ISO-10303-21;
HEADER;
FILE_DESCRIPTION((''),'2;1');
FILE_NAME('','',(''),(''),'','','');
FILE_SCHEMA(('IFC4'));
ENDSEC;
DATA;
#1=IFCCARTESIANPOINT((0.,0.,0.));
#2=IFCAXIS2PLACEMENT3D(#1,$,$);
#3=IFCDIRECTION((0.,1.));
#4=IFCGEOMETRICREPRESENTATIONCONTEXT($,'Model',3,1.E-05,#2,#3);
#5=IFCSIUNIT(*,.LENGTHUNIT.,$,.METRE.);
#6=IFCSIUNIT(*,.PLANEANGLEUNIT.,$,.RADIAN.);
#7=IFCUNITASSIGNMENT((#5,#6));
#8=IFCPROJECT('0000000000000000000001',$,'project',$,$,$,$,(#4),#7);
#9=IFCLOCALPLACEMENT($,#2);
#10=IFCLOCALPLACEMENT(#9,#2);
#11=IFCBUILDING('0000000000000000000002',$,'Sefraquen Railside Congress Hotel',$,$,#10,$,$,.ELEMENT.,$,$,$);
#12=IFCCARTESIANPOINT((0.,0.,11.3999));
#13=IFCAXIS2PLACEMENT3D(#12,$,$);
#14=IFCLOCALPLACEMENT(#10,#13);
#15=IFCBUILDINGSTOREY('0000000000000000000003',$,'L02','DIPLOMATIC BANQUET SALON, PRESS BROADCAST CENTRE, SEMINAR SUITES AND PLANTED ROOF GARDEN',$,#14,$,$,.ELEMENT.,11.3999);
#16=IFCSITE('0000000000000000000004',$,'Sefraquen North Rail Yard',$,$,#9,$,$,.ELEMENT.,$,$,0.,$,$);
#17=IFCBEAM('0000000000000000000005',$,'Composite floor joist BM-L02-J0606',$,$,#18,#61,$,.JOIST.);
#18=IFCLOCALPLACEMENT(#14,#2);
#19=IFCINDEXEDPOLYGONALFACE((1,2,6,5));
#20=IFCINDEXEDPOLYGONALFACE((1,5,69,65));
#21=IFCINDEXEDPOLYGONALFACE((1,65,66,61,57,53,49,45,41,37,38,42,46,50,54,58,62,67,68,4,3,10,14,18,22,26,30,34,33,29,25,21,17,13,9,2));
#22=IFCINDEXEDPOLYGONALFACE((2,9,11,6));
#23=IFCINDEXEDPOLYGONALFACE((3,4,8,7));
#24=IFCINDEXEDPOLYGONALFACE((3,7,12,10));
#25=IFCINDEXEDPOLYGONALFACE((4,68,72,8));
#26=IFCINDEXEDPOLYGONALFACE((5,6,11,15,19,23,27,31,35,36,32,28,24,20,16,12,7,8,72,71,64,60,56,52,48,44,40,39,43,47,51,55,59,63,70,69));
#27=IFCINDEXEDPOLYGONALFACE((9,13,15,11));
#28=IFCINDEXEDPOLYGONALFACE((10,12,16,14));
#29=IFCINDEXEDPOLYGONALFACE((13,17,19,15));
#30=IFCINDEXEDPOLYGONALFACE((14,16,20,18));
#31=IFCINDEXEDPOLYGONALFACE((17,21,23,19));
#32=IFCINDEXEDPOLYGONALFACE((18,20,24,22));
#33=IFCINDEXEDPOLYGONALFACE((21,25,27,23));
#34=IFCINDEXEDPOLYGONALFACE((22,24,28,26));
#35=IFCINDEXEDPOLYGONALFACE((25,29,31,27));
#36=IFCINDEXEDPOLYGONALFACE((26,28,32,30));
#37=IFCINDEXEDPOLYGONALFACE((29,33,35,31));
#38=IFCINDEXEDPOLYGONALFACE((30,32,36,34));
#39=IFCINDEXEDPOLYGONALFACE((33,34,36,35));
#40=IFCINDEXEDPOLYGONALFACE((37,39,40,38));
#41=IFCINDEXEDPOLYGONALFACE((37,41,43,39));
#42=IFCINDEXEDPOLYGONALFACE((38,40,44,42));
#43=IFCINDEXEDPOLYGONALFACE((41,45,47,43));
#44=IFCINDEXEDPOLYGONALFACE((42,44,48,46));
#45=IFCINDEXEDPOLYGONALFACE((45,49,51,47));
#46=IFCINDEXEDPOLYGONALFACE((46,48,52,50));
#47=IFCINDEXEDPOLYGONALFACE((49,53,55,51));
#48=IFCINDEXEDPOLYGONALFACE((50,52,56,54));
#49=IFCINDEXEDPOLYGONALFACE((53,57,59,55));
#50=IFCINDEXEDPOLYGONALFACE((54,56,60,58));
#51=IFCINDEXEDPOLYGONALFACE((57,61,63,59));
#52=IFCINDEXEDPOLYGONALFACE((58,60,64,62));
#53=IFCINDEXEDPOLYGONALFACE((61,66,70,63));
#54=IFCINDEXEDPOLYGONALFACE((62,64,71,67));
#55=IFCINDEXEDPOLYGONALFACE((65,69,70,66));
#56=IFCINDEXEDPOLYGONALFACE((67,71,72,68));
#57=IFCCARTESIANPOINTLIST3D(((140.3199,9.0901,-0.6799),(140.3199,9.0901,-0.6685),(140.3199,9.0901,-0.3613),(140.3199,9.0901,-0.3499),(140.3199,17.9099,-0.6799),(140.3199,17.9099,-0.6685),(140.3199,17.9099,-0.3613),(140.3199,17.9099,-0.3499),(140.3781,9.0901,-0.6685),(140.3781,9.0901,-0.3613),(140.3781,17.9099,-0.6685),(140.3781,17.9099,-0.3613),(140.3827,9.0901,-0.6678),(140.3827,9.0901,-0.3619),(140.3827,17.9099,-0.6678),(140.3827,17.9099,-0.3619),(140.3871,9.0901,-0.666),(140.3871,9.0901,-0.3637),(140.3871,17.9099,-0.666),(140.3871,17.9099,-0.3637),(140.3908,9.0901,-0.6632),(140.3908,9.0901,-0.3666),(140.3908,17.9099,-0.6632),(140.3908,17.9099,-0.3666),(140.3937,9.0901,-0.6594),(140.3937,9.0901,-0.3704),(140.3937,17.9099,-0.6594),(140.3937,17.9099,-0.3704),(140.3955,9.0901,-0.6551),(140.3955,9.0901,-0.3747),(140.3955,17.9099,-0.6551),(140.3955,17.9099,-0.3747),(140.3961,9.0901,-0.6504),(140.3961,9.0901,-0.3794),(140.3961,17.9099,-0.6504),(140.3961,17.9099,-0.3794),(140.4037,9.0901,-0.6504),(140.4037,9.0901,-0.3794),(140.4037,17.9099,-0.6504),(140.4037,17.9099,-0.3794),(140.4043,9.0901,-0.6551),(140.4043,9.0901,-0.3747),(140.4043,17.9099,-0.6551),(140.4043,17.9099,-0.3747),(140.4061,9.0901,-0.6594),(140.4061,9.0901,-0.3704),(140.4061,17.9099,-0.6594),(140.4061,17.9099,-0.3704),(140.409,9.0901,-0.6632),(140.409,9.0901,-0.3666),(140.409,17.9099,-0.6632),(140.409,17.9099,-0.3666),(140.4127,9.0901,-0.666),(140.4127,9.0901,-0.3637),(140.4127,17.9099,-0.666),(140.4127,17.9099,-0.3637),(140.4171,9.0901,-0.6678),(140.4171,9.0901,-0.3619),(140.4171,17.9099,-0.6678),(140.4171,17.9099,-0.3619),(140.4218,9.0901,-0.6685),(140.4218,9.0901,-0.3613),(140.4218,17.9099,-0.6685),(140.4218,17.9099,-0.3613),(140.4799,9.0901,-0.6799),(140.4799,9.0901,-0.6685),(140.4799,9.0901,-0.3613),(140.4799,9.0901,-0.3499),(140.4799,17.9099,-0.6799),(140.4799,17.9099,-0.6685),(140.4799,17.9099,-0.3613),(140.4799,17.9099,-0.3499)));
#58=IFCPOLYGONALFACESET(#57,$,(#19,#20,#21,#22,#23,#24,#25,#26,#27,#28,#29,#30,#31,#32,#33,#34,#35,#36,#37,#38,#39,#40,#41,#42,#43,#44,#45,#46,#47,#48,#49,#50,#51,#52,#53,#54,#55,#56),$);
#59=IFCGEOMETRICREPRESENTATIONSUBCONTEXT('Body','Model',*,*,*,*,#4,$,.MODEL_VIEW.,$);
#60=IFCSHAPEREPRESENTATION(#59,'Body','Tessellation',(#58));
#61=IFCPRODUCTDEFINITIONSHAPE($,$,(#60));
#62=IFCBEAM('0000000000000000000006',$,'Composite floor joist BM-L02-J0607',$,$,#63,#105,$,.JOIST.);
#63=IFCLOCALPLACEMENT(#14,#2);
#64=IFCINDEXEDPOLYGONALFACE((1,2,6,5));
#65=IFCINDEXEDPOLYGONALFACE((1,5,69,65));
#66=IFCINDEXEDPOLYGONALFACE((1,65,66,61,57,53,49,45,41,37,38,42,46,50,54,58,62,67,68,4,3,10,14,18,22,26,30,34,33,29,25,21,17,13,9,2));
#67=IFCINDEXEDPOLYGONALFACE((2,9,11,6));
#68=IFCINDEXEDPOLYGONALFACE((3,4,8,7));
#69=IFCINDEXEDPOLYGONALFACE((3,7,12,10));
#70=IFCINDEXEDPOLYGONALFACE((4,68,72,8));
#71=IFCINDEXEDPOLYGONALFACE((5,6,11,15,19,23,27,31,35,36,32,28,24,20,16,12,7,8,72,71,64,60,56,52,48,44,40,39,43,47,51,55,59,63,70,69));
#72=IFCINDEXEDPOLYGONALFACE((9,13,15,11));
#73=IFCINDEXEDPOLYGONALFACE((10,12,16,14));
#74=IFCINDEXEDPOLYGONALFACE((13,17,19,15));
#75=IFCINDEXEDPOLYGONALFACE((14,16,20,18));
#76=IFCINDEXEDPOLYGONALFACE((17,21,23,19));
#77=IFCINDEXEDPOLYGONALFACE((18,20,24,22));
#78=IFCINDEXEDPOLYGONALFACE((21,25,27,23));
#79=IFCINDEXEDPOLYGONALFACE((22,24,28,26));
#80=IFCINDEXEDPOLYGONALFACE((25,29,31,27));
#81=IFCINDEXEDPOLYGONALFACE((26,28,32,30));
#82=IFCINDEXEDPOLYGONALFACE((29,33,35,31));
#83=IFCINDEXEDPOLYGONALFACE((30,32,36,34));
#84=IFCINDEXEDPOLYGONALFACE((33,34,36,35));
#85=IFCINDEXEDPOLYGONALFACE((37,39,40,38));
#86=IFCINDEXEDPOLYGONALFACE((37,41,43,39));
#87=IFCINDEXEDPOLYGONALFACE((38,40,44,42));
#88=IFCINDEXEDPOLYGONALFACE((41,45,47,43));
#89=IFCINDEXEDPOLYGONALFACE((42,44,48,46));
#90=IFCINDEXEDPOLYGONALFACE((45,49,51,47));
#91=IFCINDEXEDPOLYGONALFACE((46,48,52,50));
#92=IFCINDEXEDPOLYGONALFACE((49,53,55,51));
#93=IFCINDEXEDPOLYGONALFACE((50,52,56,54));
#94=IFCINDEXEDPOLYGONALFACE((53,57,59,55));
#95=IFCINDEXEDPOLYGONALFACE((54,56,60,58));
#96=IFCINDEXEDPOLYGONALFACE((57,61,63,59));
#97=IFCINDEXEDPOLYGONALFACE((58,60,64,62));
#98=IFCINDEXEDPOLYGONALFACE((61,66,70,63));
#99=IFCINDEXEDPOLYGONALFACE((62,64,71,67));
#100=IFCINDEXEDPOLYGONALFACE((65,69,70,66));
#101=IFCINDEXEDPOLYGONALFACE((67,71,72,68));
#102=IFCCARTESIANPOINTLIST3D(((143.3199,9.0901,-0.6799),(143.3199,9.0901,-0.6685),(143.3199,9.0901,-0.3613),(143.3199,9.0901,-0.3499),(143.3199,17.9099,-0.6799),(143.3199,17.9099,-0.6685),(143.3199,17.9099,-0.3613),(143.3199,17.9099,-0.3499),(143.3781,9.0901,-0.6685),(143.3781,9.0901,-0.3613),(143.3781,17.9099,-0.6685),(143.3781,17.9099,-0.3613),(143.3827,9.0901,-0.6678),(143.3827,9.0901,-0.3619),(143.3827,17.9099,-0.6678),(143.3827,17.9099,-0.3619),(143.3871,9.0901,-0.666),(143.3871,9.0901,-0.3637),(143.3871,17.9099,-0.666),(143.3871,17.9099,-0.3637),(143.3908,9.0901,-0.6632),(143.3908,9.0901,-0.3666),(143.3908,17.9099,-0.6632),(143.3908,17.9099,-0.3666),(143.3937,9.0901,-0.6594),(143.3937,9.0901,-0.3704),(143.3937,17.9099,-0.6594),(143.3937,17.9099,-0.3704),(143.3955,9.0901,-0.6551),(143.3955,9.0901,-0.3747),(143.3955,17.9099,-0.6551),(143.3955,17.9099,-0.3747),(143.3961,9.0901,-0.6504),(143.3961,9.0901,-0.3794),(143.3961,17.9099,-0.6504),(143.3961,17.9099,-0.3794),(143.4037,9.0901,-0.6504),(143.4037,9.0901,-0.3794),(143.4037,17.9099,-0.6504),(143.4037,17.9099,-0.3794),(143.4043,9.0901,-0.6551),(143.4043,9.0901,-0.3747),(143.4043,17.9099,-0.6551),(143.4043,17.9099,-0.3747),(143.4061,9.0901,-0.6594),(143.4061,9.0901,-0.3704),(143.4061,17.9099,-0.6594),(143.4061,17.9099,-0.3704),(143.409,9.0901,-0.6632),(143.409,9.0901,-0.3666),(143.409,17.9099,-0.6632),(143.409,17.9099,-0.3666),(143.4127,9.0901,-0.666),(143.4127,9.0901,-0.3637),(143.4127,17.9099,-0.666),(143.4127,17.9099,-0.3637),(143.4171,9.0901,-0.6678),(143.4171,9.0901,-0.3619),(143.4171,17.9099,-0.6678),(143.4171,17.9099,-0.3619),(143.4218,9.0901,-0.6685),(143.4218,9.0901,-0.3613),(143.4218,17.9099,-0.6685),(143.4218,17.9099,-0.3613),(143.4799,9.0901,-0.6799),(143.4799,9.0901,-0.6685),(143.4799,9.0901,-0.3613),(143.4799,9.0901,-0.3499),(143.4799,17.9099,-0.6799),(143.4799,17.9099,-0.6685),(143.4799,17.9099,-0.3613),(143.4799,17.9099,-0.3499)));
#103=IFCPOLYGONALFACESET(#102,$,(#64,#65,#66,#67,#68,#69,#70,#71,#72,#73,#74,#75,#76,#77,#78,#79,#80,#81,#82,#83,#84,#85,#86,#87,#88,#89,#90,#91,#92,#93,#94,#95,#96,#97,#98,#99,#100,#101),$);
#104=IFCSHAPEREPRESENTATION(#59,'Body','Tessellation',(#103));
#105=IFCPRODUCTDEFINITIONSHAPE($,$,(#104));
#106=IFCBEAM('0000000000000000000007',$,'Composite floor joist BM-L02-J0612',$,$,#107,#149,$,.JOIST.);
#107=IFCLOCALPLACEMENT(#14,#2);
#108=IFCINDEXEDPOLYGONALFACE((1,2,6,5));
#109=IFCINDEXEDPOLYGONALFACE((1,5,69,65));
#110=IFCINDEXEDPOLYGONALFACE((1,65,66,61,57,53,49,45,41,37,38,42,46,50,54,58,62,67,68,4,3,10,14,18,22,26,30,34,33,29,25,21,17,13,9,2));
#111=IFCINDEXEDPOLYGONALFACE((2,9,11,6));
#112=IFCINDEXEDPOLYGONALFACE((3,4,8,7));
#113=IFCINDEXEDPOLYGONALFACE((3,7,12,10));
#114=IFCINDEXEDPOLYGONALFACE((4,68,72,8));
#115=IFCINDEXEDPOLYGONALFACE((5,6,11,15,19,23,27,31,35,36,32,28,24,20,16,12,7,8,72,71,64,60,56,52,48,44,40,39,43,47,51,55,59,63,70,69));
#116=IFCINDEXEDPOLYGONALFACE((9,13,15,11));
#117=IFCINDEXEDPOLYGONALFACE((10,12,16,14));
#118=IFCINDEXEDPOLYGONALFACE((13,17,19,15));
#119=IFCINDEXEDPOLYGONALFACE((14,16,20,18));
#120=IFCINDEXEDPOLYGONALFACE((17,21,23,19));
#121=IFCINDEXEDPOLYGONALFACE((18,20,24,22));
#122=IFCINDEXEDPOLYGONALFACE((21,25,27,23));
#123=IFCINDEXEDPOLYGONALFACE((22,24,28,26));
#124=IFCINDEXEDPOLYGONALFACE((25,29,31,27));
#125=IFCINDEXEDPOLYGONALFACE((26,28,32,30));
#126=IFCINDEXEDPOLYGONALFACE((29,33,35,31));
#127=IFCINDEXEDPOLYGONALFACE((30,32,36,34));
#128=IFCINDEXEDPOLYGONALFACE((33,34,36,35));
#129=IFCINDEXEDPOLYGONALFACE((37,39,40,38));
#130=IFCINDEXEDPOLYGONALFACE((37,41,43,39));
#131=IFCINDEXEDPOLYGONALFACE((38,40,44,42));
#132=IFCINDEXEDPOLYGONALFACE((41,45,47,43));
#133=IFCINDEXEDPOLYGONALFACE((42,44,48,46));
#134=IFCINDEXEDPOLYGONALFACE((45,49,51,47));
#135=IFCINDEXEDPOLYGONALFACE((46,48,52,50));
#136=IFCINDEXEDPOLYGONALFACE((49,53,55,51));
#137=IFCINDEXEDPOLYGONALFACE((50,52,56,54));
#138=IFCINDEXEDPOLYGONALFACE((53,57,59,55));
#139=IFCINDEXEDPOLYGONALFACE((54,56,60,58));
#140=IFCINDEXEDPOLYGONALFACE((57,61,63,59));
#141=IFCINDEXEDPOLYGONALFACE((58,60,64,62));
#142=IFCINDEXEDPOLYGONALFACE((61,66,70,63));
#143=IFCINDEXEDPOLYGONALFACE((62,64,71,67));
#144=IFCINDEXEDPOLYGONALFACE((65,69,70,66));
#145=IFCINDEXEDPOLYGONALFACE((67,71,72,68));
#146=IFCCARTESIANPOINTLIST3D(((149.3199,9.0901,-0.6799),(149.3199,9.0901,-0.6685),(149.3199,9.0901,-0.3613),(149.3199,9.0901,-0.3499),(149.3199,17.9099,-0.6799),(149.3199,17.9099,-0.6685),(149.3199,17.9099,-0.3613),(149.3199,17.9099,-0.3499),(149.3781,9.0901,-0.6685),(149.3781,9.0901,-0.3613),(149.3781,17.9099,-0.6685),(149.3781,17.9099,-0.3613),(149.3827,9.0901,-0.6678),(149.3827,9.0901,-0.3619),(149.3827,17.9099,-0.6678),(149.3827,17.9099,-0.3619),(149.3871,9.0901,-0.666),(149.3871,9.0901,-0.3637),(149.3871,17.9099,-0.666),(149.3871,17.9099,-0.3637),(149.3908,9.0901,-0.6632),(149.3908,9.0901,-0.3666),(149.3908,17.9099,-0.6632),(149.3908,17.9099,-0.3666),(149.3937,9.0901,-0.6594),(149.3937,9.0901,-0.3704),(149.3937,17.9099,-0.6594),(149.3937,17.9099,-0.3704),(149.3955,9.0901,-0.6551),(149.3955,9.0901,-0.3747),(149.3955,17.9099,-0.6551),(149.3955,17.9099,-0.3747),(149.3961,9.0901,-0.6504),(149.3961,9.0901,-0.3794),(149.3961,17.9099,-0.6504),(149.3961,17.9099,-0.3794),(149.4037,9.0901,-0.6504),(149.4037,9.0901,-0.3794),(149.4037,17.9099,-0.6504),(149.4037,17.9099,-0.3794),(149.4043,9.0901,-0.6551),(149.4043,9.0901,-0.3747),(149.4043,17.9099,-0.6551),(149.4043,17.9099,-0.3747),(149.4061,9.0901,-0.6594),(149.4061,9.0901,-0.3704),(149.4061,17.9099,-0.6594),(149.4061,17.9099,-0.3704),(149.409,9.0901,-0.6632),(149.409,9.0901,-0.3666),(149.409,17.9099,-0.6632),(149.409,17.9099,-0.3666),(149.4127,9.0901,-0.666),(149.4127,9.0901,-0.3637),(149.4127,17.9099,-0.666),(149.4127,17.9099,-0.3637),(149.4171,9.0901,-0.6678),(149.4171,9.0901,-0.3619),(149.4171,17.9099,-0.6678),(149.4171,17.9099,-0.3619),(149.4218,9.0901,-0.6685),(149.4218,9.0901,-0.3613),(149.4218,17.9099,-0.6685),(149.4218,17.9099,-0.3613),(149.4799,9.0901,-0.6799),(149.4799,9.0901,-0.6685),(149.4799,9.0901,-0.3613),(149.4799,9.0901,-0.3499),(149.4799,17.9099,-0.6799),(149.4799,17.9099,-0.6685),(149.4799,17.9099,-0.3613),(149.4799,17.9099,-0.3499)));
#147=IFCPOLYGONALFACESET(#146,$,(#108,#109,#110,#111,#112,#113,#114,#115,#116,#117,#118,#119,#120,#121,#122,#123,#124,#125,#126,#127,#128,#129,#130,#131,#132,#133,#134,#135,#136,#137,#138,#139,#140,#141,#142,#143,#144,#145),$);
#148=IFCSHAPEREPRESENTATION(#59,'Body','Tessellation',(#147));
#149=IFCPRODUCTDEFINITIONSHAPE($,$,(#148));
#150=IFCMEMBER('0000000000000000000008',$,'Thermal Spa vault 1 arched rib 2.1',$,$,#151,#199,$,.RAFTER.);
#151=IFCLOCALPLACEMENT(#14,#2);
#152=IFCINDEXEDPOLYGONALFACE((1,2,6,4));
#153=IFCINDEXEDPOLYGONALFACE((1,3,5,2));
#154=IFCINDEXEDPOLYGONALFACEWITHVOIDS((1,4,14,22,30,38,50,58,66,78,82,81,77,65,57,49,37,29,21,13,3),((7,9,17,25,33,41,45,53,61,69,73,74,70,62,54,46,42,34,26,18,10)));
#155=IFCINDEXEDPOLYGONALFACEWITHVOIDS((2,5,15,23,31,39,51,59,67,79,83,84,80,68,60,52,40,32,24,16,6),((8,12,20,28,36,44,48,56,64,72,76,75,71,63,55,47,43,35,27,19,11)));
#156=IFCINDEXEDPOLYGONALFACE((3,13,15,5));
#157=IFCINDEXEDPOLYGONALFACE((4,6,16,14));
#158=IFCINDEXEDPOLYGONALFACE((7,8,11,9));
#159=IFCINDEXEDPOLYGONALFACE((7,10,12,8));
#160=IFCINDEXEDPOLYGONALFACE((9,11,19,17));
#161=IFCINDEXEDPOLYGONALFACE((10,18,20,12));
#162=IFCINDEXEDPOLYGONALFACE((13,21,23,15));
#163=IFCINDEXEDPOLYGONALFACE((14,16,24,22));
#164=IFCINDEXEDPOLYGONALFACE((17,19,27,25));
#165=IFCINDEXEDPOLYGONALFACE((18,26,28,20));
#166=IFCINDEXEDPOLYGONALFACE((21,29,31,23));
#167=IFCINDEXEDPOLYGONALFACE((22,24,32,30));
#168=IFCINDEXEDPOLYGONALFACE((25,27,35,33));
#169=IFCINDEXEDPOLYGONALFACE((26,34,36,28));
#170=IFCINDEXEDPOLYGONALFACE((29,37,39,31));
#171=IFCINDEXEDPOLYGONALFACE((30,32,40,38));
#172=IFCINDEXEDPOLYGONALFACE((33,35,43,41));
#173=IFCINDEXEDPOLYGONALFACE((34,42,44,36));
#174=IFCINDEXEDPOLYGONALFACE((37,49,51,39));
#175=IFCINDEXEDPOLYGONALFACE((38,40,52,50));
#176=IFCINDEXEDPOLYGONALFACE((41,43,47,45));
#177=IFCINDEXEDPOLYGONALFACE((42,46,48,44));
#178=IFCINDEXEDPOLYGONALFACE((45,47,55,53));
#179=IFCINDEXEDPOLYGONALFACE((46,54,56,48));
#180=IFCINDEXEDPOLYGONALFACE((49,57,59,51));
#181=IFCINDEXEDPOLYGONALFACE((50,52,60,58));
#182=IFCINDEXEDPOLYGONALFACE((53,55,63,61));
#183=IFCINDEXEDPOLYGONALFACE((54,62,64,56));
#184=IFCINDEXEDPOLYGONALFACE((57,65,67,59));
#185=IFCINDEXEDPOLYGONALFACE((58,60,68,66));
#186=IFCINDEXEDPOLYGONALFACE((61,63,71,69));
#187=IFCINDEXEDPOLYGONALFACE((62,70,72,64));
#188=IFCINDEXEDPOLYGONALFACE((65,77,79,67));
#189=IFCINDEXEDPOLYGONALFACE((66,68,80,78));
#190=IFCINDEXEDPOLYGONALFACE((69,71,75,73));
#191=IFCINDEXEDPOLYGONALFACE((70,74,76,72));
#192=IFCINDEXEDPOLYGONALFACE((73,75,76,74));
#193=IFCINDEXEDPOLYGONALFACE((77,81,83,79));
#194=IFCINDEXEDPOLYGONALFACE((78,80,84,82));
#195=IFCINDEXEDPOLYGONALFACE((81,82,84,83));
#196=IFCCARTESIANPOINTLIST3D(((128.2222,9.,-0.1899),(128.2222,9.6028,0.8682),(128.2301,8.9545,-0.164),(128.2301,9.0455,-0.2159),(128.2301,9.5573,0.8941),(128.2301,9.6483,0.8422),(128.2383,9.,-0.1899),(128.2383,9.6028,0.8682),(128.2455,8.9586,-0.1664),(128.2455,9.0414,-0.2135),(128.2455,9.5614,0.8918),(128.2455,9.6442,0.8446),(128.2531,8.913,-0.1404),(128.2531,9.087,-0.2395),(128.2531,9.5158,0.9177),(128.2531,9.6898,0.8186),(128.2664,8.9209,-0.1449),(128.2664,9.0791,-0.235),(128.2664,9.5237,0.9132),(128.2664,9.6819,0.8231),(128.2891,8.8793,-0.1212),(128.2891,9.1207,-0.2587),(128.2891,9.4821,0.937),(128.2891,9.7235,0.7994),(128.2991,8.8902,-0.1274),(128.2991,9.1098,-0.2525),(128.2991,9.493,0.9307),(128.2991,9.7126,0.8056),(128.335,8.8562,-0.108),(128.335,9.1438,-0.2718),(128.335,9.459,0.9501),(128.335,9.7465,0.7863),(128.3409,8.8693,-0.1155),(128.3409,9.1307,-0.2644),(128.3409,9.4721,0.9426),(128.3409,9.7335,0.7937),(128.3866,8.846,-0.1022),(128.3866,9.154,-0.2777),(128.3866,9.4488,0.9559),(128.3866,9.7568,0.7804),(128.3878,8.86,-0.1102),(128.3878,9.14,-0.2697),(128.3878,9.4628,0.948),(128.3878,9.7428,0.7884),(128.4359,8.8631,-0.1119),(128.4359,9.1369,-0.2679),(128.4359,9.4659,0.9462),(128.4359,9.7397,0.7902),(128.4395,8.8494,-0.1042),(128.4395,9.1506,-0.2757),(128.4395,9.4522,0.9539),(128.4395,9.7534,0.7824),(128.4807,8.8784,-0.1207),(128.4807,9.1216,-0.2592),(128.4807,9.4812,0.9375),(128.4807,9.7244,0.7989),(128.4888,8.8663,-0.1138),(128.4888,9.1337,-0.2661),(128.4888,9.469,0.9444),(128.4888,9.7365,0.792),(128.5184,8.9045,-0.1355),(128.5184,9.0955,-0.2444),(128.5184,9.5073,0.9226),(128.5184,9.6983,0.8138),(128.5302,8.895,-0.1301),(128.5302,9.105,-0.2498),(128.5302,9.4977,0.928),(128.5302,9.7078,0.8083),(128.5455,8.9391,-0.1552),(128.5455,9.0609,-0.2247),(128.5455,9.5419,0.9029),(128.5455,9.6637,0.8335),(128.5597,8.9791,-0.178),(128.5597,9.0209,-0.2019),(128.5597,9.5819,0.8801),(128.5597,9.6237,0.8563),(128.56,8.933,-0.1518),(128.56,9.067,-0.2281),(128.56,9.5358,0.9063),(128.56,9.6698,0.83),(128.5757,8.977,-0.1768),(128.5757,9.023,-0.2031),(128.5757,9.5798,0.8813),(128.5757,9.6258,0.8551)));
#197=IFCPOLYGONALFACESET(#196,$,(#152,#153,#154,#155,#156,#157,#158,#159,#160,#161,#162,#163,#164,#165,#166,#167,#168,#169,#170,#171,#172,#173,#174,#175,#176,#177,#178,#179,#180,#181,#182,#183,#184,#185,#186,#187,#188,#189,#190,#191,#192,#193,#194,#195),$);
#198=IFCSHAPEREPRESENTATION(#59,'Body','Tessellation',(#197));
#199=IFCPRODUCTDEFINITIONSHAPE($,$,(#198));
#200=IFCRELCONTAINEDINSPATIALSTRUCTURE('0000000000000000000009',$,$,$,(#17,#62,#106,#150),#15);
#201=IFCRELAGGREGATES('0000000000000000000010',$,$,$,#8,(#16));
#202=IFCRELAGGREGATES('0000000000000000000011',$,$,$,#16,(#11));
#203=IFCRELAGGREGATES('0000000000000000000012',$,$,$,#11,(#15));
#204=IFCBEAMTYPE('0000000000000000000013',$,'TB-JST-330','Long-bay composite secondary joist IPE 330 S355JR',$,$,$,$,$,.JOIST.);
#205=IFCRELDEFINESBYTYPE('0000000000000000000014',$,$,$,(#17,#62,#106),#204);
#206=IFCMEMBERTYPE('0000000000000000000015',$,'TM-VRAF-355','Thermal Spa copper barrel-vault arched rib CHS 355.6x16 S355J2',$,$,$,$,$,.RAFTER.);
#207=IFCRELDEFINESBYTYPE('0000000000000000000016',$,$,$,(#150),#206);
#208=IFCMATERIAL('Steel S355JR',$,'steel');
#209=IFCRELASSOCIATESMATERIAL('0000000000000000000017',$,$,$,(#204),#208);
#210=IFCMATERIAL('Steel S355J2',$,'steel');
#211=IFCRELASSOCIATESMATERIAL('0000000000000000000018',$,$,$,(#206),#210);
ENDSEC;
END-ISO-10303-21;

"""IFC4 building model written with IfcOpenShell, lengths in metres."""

from ifc_helpers import new_model, si_unit, direction, frame, origin, origin_2d, place, context, subcontext, project, spatial, hollow_circle, i_section, extrude, material, material_profile, profile_set, type_object, element, save


model = new_model("IFC4")

# Units and contexts
model_context = context("Model", 3, precision=1e-05, world=origin(), true_north=direction((0.0, 1.0)))
body_context = subcontext(model_context, "Body", "Model", "MODEL_VIEW")
ifc_project = project(units=[si_unit("LENGTHUNIT", "METRE"), si_unit("PLANEANGLEUNIT", "RADIAN")], contexts=[model_context])

# Site, building, storey
site_placement = place(None, origin())
site = spatial("IfcSite", under=ifc_project, at=site_placement, Name="Sefraquen North Rail Yard", CompositionType="ELEMENT", RefElevation=0.0)
building_placement = place(site_placement, origin())
building = spatial("IfcBuilding", under=site, at=building_placement, Name="Sefraquen Railside Congress Hotel", CompositionType="ELEMENT")
storey_placement = place(building_placement, frame((0.0, 0.0, 11.3999)))
storey = spatial("IfcBuildingStorey", under=building, at=storey_placement, Name="L02", Description="DIPLOMATIC BANQUET SALON, PRESS BROADCAST CENTRE, SEMINAR SUITES AND PLANTED ROOF GARDEN", CompositionType="ELEMENT", Elevation=11.3999)

# Beams
ifc_material_1 = material(Name="Steel S355JR", Category="steel")
ifc_material_profile_1 = material_profile(ifc_material_1, i_section(OverallWidth=0.1599, OverallDepth=0.3301, WebThickness=0.0076, FlangeThickness=0.0115, FilletRadius=0.0181, at=origin_2d()), Name="IPE 330")
ifc_profile_set_1 = profile_set([ifc_material_profile_1], Name="Steel S355JR")
beam_type_1 = type_object("IfcBeamType", Name="TB-JST-330", Description="Long-bay composite secondary joist IPE 330 S355JR", PredefinedType="JOIST", material=ifc_profile_set_1)
for number, where, z_axis, x_axis, name in (
    (1, (140.3999, 9.0901, -0.5149), (0.0, 1.0, 0.0), (-1.0, 0.0, 0.0), "Composite floor joist BM-L02-J0606"),
    (2, (143.3999, 9.0901, -0.5149), (0.0, 1.0, 0.0), (-1.0, 0.0, 0.0), "Composite floor joist BM-L02-J0607"),
    (3, (149.3999, 9.0901, -0.5149), (0.0, 1.0, 0.0), (-1.0, 0.0, 0.0), "Composite floor joist BM-L02-J0612"),
):
    element("IfcBeam", number, at=place(storey_placement, frame(where, z_axis=z_axis, x_axis=x_axis)), inside=storey, type_object=beam_type_1, Name=name, PredefinedType="JOIST", context=body_context, shape_type="SweptSolid", body=[
        extrude(i_section(OverallWidth=0.1599, OverallDepth=0.3301, WebThickness=0.0076, FlangeThickness=0.0115, FilletRadius=0.0181, at=origin_2d()), origin(), (0.0, 0.0, 1.0), 8.8198),
    ])

# Member
ifc_material_2 = material(Name="Steel S355J2", Category="steel")
ifc_material_profile_2 = material_profile(ifc_material_2, hollow_circle(Radius=0.1777, WallThickness=0.0161, at=origin_2d()), Name="CHS 355.6x16")
ifc_profile_set_2 = profile_set([ifc_material_profile_2], Name="Steel S355J2")
member_type = type_object("IfcMemberType", Name="TM-VRAF-355", Description="Thermal Spa copper barrel-vault arched rib CHS 355.6x16 S355J2", PredefinedType="RAFTER", material=ifc_profile_set_2)
member_1_placement = place(storey_placement, frame((128.3999, 9.0, -0.1899), z_axis=(0.0, 0.494994, 0.868896), x_axis=(-1.0, 0.0, 0.0)))
element("IfcMember", 4, at=member_1_placement, inside=storey, type_object=member_type, Name="Thermal Spa vault 1 arched rib 2.1", PredefinedType="RAFTER", context=body_context, shape_type="SweptSolid", body=[
    extrude(hollow_circle(Radius=0.1777, WallThickness=0.0161, at=origin_2d()), origin(), (0.0, 0.0, 1.0), 1.2178),
])

save(model, "model.ifc")
